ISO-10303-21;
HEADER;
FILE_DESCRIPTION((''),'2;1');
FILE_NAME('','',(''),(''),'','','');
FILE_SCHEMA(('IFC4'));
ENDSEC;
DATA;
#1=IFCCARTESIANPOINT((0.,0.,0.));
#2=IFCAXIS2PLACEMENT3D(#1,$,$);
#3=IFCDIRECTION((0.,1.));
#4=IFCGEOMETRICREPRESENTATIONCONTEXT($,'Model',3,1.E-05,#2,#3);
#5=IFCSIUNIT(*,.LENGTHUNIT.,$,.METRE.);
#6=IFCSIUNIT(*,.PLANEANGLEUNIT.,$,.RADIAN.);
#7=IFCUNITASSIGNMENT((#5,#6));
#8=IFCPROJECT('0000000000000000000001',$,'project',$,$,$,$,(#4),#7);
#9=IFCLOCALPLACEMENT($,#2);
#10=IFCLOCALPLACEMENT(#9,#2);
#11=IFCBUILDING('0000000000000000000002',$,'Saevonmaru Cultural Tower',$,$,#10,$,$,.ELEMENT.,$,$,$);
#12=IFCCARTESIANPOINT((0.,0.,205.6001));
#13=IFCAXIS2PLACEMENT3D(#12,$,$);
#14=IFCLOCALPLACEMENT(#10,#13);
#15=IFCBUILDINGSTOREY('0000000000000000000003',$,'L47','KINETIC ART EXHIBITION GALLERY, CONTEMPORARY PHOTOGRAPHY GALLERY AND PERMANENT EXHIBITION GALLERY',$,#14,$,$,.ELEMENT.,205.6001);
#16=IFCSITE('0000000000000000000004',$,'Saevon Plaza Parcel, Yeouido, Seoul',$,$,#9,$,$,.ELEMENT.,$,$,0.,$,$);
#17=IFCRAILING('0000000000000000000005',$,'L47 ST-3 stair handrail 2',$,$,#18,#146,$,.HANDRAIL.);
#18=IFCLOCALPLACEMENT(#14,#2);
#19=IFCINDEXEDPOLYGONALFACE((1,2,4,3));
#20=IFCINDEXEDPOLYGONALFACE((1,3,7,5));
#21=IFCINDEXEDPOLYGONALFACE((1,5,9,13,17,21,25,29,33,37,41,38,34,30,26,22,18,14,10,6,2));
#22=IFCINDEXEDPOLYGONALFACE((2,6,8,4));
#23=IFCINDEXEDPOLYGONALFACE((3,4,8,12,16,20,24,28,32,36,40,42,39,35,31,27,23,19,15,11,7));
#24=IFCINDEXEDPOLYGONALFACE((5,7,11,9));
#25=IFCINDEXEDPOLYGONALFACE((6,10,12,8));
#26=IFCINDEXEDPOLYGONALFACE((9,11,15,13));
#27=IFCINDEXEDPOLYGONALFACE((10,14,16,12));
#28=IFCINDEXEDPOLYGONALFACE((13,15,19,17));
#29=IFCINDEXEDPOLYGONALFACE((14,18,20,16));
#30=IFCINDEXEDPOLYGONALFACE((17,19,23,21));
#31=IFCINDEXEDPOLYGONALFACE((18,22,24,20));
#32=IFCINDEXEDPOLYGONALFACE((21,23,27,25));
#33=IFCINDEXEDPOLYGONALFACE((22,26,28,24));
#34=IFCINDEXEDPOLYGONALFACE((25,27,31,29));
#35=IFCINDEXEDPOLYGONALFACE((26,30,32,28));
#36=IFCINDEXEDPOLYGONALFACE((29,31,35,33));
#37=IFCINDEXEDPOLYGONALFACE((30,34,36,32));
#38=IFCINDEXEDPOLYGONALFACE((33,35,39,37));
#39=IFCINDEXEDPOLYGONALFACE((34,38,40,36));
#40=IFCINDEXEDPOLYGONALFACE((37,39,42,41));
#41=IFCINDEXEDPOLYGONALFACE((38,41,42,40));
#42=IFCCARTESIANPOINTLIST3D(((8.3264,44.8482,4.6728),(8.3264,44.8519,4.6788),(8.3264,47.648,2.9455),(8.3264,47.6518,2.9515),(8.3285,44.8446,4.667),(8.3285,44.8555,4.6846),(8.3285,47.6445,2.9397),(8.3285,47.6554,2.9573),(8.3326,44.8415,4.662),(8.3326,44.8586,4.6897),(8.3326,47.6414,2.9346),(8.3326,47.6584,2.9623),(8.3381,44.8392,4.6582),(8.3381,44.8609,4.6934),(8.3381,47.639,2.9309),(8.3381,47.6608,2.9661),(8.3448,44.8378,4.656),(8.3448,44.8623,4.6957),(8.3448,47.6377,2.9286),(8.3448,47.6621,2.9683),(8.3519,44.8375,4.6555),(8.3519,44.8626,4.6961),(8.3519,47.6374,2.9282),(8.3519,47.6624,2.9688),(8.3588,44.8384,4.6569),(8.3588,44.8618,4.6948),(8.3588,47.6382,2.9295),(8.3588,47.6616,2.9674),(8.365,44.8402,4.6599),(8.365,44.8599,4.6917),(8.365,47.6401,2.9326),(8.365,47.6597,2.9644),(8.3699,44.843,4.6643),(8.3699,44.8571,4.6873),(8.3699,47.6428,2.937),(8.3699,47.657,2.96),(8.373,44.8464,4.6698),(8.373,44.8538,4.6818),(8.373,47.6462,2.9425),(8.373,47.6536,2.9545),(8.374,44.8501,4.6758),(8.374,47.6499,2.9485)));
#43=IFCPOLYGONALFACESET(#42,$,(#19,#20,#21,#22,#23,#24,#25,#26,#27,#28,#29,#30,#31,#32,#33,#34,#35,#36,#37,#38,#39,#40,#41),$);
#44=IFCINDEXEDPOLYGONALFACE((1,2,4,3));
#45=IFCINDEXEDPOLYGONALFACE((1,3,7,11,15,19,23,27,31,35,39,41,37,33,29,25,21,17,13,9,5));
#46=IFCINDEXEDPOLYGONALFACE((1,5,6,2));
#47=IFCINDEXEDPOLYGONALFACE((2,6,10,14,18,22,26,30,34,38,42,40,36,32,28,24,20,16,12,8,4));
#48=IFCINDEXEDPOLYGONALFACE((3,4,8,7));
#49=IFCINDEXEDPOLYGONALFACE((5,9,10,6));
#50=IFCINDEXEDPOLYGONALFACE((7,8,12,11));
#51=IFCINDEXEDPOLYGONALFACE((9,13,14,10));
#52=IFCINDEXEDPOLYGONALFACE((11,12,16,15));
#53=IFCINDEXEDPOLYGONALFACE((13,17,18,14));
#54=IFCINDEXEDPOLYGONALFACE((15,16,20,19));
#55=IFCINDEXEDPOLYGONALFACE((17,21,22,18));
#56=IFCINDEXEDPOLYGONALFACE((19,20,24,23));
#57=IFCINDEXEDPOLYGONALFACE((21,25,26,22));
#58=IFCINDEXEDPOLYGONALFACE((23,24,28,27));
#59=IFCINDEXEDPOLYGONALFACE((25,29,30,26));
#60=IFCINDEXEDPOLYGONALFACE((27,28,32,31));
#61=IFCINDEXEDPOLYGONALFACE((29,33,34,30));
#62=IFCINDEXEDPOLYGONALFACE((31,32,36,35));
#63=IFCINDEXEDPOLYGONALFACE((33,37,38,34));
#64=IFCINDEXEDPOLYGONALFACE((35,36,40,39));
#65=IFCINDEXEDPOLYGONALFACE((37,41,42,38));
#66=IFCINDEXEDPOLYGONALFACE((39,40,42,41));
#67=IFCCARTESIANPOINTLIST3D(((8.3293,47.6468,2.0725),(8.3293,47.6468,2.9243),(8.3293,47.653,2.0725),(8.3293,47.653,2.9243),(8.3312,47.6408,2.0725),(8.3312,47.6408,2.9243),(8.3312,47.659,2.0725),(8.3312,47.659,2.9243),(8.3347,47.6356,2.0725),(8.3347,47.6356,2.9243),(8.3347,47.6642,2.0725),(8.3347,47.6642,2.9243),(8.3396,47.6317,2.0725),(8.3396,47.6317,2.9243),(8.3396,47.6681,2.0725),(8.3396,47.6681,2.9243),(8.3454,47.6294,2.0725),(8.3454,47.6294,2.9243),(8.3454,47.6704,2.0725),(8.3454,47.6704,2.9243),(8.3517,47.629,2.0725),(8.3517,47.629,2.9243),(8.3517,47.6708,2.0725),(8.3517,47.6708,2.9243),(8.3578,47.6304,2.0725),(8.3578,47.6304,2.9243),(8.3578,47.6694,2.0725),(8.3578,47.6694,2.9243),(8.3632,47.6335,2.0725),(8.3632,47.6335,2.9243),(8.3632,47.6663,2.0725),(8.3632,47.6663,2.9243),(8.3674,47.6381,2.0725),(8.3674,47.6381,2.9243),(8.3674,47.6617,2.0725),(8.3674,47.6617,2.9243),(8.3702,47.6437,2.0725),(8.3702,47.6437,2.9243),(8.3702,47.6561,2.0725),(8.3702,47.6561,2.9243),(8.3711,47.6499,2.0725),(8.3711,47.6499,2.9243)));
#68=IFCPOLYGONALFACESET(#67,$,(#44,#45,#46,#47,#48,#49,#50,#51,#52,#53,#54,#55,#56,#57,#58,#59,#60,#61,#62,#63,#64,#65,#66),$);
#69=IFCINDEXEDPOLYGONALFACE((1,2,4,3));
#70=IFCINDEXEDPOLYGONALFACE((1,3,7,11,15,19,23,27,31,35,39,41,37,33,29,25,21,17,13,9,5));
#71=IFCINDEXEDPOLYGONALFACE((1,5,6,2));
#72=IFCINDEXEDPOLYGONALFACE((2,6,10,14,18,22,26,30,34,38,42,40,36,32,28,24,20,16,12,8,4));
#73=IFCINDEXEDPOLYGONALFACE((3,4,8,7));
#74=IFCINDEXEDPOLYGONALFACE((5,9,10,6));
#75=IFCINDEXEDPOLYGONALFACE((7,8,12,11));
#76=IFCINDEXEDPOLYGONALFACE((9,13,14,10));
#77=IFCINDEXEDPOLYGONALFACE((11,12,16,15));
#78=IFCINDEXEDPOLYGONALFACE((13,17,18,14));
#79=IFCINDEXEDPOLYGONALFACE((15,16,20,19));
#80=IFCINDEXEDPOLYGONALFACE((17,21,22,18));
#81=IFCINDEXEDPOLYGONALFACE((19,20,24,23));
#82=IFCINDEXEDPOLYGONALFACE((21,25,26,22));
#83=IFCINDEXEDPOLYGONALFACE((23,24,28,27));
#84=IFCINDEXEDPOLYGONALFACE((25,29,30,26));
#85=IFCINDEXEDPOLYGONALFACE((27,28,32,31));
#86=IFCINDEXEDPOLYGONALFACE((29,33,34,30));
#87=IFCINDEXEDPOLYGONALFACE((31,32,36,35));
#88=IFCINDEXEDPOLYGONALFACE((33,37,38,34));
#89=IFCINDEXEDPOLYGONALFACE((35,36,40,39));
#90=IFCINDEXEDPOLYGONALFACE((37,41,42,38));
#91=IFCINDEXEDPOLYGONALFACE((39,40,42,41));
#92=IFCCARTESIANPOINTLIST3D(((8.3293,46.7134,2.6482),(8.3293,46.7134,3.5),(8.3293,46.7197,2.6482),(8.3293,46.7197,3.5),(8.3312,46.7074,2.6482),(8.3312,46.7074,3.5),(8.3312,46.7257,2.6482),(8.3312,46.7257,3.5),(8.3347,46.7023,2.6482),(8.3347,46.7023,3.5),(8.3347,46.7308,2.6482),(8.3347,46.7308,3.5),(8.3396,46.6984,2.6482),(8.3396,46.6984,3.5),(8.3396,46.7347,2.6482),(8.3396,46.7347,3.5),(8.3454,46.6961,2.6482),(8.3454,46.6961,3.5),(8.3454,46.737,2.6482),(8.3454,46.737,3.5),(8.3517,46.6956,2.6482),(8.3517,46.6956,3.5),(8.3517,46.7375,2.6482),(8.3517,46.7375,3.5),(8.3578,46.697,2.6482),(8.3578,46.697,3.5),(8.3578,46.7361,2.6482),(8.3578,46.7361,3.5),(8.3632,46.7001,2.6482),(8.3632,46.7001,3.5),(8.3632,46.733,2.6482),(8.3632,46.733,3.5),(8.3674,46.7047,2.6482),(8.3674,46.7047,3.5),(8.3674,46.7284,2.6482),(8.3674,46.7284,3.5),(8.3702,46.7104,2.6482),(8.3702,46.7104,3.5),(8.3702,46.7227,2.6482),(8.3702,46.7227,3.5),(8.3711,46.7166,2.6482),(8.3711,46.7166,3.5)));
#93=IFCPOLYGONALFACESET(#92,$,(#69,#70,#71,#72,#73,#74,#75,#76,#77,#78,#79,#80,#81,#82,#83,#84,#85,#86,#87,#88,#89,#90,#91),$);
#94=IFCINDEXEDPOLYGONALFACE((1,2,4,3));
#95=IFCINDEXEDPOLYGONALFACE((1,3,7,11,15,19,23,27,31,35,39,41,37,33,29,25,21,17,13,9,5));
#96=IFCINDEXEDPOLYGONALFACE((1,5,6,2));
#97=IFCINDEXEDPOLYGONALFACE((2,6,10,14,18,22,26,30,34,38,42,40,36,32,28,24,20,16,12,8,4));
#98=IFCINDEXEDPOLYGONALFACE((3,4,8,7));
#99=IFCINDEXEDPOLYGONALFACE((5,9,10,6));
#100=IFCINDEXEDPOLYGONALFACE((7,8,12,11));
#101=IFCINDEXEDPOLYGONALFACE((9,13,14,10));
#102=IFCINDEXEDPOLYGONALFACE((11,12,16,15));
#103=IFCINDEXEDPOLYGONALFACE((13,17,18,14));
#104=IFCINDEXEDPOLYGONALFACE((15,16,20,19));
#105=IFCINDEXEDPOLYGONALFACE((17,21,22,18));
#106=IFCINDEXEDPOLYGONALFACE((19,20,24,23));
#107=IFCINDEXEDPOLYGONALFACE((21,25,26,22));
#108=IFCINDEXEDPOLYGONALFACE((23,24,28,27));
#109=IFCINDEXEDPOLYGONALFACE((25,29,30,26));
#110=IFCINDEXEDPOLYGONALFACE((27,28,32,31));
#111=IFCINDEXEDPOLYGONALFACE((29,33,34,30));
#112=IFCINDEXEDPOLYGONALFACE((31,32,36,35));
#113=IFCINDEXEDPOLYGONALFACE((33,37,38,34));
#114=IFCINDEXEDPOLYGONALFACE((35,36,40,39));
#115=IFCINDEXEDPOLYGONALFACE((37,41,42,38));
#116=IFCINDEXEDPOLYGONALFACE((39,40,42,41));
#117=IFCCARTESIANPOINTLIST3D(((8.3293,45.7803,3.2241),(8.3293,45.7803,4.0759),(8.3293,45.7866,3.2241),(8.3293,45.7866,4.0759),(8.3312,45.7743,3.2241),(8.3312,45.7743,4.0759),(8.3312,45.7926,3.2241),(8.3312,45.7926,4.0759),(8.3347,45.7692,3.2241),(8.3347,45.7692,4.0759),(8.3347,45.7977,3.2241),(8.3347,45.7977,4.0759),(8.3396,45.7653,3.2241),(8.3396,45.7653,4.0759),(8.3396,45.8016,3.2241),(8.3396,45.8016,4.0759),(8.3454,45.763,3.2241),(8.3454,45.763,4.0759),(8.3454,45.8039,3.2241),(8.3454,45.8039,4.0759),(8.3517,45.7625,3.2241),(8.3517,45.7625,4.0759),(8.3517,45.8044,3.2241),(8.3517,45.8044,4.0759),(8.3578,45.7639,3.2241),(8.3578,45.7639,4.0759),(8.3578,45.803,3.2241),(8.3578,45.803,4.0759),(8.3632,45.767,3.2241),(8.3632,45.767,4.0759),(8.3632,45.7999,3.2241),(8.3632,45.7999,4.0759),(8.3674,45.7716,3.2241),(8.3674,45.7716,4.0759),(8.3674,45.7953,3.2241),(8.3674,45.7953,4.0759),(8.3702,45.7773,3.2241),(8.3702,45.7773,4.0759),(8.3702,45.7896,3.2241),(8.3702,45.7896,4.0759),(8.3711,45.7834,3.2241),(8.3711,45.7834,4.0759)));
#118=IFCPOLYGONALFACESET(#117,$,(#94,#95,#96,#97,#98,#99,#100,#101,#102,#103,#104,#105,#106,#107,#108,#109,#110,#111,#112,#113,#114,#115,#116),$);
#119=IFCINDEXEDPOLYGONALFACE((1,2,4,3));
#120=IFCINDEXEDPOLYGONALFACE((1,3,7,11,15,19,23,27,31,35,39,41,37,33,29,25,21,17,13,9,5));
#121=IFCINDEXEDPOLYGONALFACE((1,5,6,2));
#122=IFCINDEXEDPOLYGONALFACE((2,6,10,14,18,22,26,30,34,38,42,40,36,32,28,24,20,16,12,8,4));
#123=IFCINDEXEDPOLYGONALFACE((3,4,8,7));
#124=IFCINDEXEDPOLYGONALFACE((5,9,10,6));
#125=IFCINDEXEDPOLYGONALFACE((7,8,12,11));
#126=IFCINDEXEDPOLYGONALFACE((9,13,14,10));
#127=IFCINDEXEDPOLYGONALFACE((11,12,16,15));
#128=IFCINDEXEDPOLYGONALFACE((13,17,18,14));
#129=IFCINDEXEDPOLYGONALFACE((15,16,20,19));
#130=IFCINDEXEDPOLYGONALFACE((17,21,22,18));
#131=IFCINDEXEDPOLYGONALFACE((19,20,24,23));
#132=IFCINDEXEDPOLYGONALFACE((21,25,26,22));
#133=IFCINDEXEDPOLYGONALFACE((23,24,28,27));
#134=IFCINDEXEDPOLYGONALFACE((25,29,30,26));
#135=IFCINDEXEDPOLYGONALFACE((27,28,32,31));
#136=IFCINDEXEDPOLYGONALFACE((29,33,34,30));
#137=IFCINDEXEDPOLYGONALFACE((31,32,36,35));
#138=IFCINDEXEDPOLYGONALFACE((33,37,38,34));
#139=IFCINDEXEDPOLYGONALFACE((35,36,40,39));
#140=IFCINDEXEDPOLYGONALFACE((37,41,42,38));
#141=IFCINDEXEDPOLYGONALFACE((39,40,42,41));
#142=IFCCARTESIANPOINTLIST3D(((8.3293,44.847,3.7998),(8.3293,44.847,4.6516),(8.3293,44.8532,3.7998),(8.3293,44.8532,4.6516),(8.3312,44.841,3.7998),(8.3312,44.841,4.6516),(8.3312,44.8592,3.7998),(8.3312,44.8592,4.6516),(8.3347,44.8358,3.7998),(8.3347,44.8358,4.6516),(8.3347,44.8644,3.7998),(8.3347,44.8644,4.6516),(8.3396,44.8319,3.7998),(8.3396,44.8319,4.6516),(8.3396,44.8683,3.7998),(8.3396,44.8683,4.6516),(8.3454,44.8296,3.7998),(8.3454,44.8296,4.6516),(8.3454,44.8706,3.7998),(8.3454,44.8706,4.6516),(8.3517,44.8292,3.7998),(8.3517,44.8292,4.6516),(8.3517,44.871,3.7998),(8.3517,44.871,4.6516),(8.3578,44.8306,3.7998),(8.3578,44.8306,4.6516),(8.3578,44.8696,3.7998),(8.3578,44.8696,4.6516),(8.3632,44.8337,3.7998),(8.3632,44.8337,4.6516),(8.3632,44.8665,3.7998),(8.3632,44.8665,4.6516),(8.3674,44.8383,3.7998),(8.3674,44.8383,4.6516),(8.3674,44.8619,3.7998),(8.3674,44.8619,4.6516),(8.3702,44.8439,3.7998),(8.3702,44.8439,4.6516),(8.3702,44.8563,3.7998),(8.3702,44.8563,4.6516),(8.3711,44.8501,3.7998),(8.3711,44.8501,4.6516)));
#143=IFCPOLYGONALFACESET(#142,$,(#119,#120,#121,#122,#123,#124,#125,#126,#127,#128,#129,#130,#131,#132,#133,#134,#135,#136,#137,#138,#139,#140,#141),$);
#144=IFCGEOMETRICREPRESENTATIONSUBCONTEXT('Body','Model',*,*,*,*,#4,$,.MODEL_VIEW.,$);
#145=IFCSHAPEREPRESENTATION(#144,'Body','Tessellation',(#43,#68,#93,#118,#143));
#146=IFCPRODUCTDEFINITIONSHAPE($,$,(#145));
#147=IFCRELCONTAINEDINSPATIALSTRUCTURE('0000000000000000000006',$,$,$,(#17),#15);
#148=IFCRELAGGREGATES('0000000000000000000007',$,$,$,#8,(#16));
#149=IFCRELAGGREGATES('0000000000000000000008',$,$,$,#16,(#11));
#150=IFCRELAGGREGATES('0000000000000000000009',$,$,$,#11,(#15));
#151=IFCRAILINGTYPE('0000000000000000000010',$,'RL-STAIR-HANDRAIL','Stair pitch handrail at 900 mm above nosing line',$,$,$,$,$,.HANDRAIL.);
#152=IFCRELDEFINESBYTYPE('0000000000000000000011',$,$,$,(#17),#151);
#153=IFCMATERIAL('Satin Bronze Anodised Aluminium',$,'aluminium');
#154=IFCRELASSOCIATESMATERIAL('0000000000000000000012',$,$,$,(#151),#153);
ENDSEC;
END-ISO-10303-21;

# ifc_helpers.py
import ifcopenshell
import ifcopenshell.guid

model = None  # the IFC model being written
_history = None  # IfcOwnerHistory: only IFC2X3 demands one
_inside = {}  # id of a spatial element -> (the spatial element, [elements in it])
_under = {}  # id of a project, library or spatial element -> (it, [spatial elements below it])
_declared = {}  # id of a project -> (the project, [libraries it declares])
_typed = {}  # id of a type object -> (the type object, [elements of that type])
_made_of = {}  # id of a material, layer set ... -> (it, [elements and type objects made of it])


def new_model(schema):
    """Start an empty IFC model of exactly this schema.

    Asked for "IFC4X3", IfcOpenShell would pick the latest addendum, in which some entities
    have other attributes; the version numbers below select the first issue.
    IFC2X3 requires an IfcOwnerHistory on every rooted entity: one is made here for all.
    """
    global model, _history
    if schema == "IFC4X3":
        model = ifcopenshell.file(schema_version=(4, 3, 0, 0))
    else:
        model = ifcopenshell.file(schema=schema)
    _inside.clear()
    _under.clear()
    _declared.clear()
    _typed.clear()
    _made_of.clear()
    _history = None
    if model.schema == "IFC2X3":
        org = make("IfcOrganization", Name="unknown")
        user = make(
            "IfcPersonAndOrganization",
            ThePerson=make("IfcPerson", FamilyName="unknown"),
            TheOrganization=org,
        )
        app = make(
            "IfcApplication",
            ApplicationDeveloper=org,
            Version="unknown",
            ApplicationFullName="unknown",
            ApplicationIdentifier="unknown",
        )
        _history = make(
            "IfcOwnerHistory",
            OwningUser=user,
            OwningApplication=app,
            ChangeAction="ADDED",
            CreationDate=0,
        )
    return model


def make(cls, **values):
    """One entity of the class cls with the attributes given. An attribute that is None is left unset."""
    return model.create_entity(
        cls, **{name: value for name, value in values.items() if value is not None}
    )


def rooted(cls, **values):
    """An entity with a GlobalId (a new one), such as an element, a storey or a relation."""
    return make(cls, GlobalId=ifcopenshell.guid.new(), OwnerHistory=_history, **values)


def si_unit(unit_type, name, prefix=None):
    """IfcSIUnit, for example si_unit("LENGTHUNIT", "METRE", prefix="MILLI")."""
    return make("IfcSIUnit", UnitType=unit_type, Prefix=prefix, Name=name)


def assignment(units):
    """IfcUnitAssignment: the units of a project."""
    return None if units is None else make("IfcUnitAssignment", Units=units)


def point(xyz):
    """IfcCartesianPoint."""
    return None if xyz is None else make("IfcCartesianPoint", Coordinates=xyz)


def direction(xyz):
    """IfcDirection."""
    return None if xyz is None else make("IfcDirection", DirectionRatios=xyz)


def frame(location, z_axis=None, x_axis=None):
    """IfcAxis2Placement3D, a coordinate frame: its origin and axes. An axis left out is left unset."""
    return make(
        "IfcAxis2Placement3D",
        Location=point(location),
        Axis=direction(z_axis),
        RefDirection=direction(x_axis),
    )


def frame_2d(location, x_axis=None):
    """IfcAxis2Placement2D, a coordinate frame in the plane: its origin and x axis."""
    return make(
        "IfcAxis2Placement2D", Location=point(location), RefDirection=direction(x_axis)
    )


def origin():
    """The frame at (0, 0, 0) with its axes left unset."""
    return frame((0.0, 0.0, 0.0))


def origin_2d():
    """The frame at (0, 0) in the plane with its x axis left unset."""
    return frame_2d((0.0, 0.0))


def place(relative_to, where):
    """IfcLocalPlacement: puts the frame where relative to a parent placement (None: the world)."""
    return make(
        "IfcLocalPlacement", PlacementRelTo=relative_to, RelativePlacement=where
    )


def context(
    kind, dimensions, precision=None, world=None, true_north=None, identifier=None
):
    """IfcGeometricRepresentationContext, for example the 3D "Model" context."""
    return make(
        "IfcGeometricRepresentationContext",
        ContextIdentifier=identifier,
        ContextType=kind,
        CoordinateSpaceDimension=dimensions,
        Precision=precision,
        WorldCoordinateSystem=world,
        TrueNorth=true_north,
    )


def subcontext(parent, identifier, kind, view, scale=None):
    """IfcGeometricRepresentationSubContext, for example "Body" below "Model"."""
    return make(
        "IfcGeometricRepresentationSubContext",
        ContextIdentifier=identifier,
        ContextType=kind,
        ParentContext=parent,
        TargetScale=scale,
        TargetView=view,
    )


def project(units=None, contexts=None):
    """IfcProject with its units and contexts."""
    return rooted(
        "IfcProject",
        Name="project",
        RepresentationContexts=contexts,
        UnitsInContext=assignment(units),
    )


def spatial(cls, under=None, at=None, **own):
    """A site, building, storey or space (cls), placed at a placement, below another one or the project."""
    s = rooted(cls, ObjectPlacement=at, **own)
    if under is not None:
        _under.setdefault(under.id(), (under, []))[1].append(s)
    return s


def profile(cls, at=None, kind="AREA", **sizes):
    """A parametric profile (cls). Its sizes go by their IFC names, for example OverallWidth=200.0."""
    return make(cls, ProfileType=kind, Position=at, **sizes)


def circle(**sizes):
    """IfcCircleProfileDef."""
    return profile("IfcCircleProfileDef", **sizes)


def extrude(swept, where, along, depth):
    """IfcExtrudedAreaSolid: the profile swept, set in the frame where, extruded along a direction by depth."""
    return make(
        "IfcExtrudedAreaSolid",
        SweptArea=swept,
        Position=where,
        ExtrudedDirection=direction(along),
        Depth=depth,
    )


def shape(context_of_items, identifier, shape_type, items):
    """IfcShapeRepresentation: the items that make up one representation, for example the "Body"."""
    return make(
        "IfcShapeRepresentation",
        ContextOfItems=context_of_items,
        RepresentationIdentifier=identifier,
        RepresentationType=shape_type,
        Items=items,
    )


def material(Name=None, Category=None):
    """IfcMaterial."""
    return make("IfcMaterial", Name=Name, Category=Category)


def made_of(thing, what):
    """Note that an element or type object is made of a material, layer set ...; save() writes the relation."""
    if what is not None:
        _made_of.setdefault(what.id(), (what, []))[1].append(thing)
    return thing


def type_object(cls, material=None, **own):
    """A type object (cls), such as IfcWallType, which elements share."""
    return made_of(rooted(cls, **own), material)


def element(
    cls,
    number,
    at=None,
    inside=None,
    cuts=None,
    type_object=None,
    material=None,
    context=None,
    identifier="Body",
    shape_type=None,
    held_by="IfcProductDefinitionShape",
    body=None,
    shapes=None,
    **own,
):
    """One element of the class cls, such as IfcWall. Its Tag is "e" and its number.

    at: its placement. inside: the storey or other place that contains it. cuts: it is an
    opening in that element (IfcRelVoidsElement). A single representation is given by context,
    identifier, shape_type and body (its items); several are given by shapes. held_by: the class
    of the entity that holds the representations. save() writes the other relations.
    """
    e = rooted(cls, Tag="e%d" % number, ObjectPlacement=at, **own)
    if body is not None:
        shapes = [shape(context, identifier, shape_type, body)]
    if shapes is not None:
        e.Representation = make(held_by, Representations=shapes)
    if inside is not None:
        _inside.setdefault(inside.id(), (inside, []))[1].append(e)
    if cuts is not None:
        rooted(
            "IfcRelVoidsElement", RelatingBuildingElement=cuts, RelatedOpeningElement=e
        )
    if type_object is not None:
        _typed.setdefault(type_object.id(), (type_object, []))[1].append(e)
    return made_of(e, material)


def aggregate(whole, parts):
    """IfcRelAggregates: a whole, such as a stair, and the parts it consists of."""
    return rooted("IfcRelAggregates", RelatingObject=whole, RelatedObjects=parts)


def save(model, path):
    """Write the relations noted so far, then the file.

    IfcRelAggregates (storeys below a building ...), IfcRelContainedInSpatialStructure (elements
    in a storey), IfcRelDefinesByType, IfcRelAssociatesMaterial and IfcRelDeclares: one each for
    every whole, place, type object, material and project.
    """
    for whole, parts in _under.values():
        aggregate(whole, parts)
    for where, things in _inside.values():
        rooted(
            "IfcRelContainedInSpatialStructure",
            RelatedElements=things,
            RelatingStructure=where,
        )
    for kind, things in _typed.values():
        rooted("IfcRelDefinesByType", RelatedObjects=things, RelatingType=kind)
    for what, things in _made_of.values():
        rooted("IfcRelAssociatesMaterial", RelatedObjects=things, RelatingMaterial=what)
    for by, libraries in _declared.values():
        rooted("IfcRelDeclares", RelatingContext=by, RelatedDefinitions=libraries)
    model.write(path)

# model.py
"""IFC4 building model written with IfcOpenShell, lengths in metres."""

from ifc_helpers import new_model, si_unit, direction, frame, origin, origin_2d, place, context, subcontext, project, spatial, circle, extrude, material, type_object, element, save


model = new_model("IFC4")

# Units and contexts
model_context = context("Model", 3, precision=1e-05, world=origin(), true_north=direction((0.0, 1.0)))
body_context = subcontext(model_context, "Body", "Model", "MODEL_VIEW")
ifc_project = project(units=[si_unit("LENGTHUNIT", "METRE"), si_unit("PLANEANGLEUNIT", "RADIAN")], contexts=[model_context])

# Site, building, storey
site_placement = place(None, origin())
site = spatial("IfcSite", under=ifc_project, at=site_placement, Name="Saevon Plaza Parcel, Yeouido, Seoul", CompositionType="ELEMENT", RefElevation=0.0)
building_placement = place(site_placement, origin())
building = spatial("IfcBuilding", under=site, at=building_placement, Name="Saevonmaru Cultural Tower", CompositionType="ELEMENT")
storey_placement = place(building_placement, frame((0.0, 0.0, 205.6001)))
storey = spatial("IfcBuildingStorey", under=building, at=storey_placement, Name="L47", Description="KINETIC ART EXHIBITION GALLERY, CONTEMPORARY PHOTOGRAPHY GALLERY AND PERMANENT EXHIBITION GALLERY", CompositionType="ELEMENT", Elevation=205.6001)

# Shared definitions
ifc_material_1 = material(Name="Satin Bronze Anodised Aluminium", Category="aluminium")

# Railing
railing_type_1 = type_object("IfcRailingType", Name="RL-STAIR-HANDRAIL", Description="Stair pitch handrail at 900 mm above nosing line", PredefinedType="HANDRAIL", material=ifc_material_1)
railing_1_placement = place(storey_placement, frame((8.3501, 47.6499, 2.0725)))
element("IfcRailing", 1, at=railing_1_placement, inside=storey, type_object=railing_type_1, Name="L47 ST-3 stair handrail 2", PredefinedType="HANDRAIL", context=body_context, shape_type="SweptSolid", body=[
    extrude(circle(Radius=0.0239, at=origin_2d()), frame((0.0, 0.0, 0.876), z_axis=(0.0, -0.851069, 0.525054), x_axis=(1.0, 0.0, 0.0)), (0.0, 0.0, 1.0), 3.2898),
    extrude(circle(Radius=0.021, at=origin_2d()), origin(), (0.0, 0.0, 1.0), 0.8518),
    extrude(circle(Radius=0.021, at=origin_2d()), frame((0.0, -0.9333, 0.5757)), (0.0, 0.0, 1.0), 0.8518),
    extrude(circle(Radius=0.021, at=origin_2d()), frame((0.0, -1.8665, 1.1516)), (0.0, 0.0, 1.0), 0.8518),
    extrude(circle(Radius=0.021, at=origin_2d()), frame((0.0, -2.7998, 1.7273)), (0.0, 0.0, 1.0), 0.8518),
])

save(model, "model.ifc")
